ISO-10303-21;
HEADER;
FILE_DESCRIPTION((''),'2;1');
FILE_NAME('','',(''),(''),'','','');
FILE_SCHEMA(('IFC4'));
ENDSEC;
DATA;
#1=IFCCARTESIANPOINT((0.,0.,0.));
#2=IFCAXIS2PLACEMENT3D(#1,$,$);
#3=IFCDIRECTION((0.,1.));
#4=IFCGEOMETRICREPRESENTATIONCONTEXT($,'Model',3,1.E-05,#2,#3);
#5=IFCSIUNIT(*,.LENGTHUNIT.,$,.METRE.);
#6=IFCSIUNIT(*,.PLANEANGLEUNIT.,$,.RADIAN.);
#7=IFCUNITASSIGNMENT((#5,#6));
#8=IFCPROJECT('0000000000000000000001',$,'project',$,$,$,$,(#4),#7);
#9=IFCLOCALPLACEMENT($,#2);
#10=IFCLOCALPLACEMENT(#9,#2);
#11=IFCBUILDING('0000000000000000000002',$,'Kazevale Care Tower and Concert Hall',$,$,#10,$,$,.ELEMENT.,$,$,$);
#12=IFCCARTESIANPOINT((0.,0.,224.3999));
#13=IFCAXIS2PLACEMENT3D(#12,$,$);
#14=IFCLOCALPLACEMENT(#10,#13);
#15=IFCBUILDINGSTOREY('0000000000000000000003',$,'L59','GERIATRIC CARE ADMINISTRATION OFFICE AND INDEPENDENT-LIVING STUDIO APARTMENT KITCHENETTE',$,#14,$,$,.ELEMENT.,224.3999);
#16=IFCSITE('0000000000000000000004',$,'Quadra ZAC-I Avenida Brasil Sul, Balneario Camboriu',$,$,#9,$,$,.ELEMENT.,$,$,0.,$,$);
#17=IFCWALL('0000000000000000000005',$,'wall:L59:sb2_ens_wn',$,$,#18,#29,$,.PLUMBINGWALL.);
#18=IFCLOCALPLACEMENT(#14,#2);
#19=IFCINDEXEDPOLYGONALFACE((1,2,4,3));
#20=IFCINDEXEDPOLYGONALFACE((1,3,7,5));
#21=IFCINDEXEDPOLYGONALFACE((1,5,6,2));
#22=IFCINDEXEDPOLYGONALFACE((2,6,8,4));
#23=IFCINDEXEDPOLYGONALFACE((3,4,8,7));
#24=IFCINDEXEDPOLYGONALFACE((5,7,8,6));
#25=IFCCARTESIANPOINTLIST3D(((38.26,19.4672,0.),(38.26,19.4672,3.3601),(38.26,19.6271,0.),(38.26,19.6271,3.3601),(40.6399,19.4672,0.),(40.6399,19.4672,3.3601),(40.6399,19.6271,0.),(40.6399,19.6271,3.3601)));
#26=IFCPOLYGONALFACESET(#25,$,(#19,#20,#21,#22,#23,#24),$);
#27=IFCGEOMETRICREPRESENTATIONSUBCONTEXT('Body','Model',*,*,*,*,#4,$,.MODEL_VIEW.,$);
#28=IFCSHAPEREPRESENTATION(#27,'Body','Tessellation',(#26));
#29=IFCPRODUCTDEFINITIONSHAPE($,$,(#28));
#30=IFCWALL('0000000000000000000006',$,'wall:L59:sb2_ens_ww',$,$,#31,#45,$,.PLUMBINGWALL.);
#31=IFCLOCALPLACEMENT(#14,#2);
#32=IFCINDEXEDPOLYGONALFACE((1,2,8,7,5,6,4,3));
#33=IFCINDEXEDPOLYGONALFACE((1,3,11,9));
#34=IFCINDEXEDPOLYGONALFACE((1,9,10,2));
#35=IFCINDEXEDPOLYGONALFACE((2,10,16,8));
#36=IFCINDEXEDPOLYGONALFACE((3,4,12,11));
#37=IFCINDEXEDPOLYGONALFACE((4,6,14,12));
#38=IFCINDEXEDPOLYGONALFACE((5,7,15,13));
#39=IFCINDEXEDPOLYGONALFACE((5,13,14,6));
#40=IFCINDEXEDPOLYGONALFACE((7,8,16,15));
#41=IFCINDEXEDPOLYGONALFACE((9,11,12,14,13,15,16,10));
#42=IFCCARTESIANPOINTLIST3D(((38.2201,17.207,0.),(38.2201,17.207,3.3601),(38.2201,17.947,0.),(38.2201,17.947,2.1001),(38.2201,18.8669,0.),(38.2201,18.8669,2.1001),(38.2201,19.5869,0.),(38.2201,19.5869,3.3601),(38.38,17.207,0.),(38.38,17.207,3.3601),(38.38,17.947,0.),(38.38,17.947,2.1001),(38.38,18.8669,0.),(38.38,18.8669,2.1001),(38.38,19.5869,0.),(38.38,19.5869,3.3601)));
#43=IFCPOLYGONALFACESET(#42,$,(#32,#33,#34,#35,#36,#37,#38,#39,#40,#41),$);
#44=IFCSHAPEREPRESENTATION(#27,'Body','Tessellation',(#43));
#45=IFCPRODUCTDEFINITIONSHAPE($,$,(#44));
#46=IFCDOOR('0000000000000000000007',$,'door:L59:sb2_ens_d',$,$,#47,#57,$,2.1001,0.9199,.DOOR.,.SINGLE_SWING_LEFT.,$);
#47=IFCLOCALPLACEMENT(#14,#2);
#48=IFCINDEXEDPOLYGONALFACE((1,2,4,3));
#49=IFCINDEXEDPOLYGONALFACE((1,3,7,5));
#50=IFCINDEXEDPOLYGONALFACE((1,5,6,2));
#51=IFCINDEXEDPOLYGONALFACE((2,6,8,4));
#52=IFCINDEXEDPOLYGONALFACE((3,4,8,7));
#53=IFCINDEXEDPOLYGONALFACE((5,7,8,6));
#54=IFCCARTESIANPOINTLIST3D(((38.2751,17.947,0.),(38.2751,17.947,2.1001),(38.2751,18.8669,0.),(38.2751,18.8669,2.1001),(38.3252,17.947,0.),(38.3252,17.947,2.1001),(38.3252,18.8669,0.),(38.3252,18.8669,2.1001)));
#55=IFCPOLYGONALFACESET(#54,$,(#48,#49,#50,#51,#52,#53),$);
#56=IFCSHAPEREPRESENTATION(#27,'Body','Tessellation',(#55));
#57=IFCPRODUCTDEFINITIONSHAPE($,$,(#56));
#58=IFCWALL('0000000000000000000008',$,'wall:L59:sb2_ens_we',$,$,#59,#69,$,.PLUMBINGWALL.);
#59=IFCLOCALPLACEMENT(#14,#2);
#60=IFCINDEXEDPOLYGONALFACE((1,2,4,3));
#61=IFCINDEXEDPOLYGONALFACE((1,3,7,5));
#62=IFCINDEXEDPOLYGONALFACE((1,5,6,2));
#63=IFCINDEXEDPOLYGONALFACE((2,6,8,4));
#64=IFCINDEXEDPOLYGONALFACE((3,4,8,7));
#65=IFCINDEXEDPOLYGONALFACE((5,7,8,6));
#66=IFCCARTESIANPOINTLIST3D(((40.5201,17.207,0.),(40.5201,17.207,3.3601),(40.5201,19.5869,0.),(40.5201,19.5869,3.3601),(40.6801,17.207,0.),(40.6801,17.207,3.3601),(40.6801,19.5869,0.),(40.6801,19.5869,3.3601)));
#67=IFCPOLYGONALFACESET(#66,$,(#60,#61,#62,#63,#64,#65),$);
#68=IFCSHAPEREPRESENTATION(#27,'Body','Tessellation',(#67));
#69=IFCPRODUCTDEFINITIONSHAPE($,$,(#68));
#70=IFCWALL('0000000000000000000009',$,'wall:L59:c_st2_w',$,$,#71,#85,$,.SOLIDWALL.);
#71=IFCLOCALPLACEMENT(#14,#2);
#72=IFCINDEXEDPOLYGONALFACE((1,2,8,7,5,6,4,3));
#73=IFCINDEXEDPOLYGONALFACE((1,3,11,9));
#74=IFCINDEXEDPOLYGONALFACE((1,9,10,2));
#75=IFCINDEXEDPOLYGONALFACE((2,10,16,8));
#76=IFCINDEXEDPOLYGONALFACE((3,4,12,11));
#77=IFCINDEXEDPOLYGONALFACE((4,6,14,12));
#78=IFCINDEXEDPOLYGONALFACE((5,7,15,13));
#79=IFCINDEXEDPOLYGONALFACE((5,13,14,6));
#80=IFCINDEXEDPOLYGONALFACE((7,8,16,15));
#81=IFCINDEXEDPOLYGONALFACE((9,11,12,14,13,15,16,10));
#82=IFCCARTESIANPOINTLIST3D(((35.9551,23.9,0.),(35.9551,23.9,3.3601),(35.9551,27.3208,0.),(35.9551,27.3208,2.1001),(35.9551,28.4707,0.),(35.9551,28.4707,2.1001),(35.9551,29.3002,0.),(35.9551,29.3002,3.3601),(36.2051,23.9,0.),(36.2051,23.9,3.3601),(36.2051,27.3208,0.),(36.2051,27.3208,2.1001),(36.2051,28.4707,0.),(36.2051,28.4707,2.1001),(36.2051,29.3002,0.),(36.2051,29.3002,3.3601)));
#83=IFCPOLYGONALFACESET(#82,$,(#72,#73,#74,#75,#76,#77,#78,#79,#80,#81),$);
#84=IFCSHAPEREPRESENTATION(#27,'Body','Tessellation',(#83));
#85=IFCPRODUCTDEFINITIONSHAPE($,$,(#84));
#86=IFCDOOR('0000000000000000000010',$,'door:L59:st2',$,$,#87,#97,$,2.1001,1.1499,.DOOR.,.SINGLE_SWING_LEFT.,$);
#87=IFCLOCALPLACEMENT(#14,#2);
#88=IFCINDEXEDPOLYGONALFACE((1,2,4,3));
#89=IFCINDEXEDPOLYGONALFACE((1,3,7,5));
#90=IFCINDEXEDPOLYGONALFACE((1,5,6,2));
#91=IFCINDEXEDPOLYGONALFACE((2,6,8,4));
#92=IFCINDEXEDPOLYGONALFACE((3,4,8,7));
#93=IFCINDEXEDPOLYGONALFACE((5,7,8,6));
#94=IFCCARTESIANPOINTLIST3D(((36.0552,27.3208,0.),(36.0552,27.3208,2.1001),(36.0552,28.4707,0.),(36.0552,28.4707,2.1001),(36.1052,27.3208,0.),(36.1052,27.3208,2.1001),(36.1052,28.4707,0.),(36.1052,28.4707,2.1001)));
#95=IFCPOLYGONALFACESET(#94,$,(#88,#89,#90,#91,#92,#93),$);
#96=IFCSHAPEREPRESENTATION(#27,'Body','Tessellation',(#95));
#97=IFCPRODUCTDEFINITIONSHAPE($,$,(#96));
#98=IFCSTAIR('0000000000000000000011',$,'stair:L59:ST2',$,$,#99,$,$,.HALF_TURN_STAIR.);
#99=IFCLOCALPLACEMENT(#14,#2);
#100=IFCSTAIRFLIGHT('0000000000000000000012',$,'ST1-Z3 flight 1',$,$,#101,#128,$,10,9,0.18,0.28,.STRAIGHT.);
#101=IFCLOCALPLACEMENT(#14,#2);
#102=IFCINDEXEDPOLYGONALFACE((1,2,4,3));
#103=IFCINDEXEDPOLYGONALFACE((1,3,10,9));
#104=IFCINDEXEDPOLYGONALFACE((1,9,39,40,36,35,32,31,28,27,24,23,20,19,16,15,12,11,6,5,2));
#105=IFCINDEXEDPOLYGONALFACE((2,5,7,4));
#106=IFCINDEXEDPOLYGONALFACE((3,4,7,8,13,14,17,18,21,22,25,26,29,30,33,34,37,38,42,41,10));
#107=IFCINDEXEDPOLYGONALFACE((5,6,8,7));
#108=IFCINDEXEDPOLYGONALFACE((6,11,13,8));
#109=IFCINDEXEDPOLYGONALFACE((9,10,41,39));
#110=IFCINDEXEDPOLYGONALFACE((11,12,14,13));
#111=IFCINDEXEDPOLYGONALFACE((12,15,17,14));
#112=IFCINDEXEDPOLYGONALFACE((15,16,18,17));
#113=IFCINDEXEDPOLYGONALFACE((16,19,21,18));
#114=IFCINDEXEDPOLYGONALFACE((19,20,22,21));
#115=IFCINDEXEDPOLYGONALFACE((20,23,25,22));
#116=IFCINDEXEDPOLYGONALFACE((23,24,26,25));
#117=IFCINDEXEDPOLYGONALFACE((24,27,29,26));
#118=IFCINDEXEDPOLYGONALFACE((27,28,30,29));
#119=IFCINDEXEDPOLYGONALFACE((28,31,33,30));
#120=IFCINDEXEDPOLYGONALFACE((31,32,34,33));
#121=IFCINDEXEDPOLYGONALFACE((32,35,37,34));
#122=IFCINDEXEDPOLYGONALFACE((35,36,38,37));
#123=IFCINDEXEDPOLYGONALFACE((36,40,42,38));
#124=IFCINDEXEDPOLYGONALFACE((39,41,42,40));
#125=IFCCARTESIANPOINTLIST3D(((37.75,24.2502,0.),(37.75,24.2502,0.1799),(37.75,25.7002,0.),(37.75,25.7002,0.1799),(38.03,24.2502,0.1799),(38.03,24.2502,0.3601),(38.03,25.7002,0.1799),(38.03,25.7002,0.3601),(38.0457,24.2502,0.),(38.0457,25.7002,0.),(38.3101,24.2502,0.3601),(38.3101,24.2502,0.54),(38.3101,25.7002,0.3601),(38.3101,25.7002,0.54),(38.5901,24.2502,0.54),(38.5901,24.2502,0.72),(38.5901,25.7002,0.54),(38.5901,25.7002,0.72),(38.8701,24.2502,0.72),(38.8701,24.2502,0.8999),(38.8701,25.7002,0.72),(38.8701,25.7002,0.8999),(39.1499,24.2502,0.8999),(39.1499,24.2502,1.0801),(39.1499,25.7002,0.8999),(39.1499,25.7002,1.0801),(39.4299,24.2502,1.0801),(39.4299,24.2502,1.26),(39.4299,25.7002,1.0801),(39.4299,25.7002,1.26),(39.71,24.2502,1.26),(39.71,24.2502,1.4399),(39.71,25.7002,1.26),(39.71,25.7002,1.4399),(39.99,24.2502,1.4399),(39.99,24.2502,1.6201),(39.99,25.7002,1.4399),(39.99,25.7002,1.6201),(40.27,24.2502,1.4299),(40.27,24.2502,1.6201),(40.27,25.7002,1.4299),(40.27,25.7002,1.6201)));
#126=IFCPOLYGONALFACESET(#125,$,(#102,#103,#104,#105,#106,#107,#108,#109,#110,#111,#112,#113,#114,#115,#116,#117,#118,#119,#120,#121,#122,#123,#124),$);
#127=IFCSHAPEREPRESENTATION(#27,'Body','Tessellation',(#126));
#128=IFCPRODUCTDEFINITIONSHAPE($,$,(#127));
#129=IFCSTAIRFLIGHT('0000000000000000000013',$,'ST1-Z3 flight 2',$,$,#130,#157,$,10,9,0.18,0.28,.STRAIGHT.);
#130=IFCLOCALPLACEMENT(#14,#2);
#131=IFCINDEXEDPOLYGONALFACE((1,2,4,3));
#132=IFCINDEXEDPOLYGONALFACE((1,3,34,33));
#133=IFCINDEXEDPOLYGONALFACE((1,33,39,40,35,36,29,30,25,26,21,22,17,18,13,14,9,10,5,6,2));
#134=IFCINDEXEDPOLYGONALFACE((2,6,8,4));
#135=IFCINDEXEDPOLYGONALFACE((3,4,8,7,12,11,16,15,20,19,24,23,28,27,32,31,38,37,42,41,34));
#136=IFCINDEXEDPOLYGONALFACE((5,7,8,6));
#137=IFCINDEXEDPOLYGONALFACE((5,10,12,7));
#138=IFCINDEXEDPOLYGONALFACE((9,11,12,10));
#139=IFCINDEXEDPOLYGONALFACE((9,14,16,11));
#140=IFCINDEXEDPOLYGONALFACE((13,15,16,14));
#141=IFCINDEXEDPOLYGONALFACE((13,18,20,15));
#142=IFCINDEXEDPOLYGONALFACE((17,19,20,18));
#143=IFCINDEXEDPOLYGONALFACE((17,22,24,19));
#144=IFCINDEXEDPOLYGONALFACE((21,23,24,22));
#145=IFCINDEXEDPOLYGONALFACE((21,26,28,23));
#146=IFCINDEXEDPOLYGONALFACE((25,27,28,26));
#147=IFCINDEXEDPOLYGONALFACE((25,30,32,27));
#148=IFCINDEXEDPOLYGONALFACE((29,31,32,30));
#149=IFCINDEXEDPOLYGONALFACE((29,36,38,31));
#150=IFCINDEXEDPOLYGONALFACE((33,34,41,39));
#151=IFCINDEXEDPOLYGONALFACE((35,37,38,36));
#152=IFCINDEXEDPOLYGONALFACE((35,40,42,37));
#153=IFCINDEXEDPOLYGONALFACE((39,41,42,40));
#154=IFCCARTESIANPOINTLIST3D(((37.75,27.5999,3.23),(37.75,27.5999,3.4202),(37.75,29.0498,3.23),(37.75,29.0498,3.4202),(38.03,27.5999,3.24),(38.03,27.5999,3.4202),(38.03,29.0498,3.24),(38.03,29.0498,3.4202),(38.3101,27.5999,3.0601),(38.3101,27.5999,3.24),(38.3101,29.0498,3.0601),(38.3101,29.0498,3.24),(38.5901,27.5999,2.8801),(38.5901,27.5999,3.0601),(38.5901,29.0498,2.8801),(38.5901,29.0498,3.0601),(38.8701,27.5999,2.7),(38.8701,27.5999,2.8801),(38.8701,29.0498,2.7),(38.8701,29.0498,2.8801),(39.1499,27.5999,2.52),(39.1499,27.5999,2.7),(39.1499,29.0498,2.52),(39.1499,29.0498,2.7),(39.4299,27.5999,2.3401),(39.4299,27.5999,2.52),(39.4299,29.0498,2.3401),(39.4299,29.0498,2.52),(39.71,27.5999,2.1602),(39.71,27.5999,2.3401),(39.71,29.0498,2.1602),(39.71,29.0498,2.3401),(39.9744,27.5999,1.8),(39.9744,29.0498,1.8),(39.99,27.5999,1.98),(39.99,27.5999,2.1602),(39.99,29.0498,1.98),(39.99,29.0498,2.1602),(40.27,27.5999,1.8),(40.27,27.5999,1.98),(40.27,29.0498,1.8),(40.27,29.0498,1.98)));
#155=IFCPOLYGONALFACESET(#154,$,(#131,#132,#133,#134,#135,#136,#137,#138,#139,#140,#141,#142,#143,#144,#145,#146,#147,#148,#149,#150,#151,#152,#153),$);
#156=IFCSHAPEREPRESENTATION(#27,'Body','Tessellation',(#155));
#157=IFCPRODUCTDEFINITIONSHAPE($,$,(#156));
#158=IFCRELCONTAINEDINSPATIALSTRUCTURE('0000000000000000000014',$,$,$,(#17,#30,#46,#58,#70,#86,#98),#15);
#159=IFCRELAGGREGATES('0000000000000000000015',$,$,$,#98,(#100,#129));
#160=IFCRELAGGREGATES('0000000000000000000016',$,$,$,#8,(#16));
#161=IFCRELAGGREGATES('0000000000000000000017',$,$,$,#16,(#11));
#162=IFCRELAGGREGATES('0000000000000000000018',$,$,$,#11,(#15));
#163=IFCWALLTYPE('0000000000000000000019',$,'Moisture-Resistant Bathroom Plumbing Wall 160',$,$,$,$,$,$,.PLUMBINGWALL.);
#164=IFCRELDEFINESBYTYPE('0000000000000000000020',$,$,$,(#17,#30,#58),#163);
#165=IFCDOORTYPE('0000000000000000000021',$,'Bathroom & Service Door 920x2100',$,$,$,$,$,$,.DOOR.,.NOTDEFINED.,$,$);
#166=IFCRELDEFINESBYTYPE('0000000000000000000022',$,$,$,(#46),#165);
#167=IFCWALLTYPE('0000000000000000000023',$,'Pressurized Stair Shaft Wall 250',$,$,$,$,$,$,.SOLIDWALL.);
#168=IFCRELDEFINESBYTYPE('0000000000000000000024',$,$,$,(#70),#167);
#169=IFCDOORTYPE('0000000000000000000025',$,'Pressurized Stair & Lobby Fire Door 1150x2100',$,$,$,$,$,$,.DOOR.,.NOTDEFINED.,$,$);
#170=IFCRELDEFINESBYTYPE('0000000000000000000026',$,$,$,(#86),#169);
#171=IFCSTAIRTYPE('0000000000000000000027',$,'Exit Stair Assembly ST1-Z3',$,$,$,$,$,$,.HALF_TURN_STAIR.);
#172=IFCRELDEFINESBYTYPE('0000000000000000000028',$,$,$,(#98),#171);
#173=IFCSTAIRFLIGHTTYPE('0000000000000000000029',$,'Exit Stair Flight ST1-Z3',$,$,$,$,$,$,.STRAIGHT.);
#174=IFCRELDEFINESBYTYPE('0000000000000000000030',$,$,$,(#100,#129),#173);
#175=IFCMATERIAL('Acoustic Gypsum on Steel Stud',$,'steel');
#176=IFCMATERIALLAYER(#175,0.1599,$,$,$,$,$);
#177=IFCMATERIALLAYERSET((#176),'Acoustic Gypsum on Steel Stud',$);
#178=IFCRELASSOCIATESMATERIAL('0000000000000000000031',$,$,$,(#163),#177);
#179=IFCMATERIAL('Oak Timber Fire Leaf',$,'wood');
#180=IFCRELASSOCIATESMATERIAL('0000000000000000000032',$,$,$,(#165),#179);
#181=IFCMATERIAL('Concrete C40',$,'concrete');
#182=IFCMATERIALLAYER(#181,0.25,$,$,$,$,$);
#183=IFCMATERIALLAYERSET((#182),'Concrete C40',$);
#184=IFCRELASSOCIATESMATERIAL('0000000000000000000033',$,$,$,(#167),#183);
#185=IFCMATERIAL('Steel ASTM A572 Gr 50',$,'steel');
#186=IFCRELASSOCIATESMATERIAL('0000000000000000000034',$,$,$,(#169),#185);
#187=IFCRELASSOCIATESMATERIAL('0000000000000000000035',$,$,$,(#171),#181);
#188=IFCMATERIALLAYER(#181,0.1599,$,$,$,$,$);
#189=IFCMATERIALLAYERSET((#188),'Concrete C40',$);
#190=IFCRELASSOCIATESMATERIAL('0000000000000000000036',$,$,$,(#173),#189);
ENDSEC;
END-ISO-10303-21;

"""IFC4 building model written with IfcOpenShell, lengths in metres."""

from ifc_helpers import new_model, si_unit, direction, frame, frame_2d, origin, place, context, subcontext, project, spatial, polyline, rectangle, outline, extrude, material, layer, layer_set, type_object, element, fill, aggregate, save


model = new_model("IFC4")

# Units and contexts
model_context = context("Model", 3, precision=1e-05, world=origin(), true_north=direction((0.0, 1.0)))
body_context = subcontext(model_context, "Body", "Model", "MODEL_VIEW")
ifc_project = project(units=[si_unit("LENGTHUNIT", "METRE"), si_unit("PLANEANGLEUNIT", "RADIAN")], contexts=[model_context])

# Site, building, storey
site_placement = place(None, origin())
site = spatial("IfcSite", under=ifc_project, at=site_placement, Name="Quadra ZAC-I Avenida Brasil Sul, Balneario Camboriu", CompositionType="ELEMENT", RefElevation=0.0)
building_placement = place(site_placement, origin())
building = spatial("IfcBuilding", under=site, at=building_placement, Name="Kazevale Care Tower and Concert Hall", CompositionType="ELEMENT")
storey_placement = place(building_placement, frame((0.0, 0.0, 224.3999)))
storey = spatial("IfcBuildingStorey", under=building, at=storey_placement, Name="L59", Description="GERIATRIC CARE ADMINISTRATION OFFICE AND INDEPENDENT-LIVING STUDIO APARTMENT KITCHENETTE", CompositionType="ELEMENT", Elevation=224.3999)

# Shared definitions
ifc_material_1 = material(Name="Steel ASTM A572 Gr 50", Category="steel")

# Shared definitions
ifc_material_2 = material(Name="Oak Timber Fire Leaf", Category="wood")

# Wall
ifc_material_3 = material(Name="Acoustic Gypsum on Steel Stud", Category="steel")
ifc_layer_1 = layer(ifc_material_3, 0.1599)
ifc_layer_set_1 = layer_set([ifc_layer_1], Name="Acoustic Gypsum on Steel Stud")
wall_type_1 = type_object("IfcWallType", Name="Moisture-Resistant Bathroom Plumbing Wall 160", PredefinedType="PLUMBINGWALL", material=ifc_layer_set_1)
for number, where, z_axis, x_axis, name in (
    (1, (38.26, 19.5471, 0.0), (0.0, 0.0, 1.0), (1.0, 0.0, 0.0), "wall:L59:sb2_ens_wn"),
):
    element("IfcWall", number, at=place(storey_placement, frame(where, z_axis=z_axis, x_axis=x_axis)), inside=storey, type_object=wall_type_1, Name=name, PredefinedType="PLUMBINGWALL", context=body_context, shape_type="SweptSolid", body=[
        extrude(rectangle(XDim=2.3799, YDim=0.1599, at=frame_2d((1.1899, 0.0))), origin(), (0.0, 0.0, 1.0), 3.3601),
    ])

# Wall, opening, door
wall_1_placement = place(storey_placement, frame((38.3, 17.207, 0.0), z_axis=(0.0, 0.0, 1.0), x_axis=(0.0, 1.0, 0.0)))
wall_1 = element("IfcWall", 2, at=wall_1_placement, inside=storey, type_object=wall_type_1, Name="wall:L59:sb2_ens_ww", PredefinedType="PLUMBINGWALL", context=body_context, shape_type="SweptSolid", body=[
    extrude(rectangle(XDim=2.3799, YDim=0.1599, at=frame_2d((1.1899, 0.0))), origin(), (0.0, 0.0, 1.0), 3.3601),
])
opening_1_placement = place(wall_1_placement, frame((0.74, 0.0, 0.0)))
opening_1 = element("IfcOpeningElement", 3, at=opening_1_placement, cuts=wall_1, PredefinedType="OPENING", context=body_context, shape_type="SweptSolid", body=[
    extrude(rectangle(XDim=0.9199, YDim=2.1001, at=frame_2d((0.46, 1.05))), frame((0.0, 0.0898, 0.0), z_axis=(0.0, -1.0, 0.0), x_axis=(1.0, 0.0, 0.0)), (0.0, 0.0, 1.0), 0.1799),
])
door_type_1 = type_object("IfcDoorType", Name="Bathroom & Service Door 920x2100", OperationType="NOTDEFINED", PredefinedType="DOOR", material=ifc_material_2)
door_1_placement = place(opening_1_placement, origin())
door_1 = element("IfcDoor", 4, at=door_1_placement, inside=storey, type_object=door_type_1, Name="door:L59:sb2_ens_d", OperationType="SINGLE_SWING_LEFT", OverallHeight=2.1001, OverallWidth=0.9199, PredefinedType="DOOR", context=body_context, shape_type="SweptSolid", body=[
    extrude(rectangle(XDim=0.9199, YDim=2.1001, at=frame_2d((0.46, 1.05))), frame((0.0, 0.0249, 0.0), z_axis=(0.0, -1.0, 0.0), x_axis=(1.0, 0.0, 0.0)), (0.0, 0.0, 1.0), 0.05),
])
fill(opening_1, door_1)

# Wall
wall_2_placement = place(storey_placement, frame((40.6001, 17.207, 0.0), z_axis=(0.0, 0.0, 1.0), x_axis=(0.0, 1.0, 0.0)))
element("IfcWall", 5, at=wall_2_placement, inside=storey, type_object=wall_type_1, Name="wall:L59:sb2_ens_we", PredefinedType="PLUMBINGWALL", context=body_context, shape_type="SweptSolid", body=[
    extrude(rectangle(XDim=2.3799, YDim=0.1599, at=frame_2d((1.1899, 0.0))), origin(), (0.0, 0.0, 1.0), 3.3601),
])

# Wall, opening, door
ifc_material_4 = material(Name="Concrete C40", Category="concrete")
ifc_layer_2 = layer(ifc_material_4, 0.25)
ifc_layer_set_2 = layer_set([ifc_layer_2], Name="Concrete C40")
wall_type_2 = type_object("IfcWallType", Name="Pressurized Stair Shaft Wall 250", PredefinedType="SOLIDWALL", material=ifc_layer_set_2)
wall_3_placement = place(storey_placement, frame((36.0801, 23.8999, 0.0), z_axis=(0.0, 0.0, 1.0), x_axis=(0.0, 1.0, 0.0)))
wall_3 = element("IfcWall", 6, at=wall_3_placement, inside=storey, type_object=wall_type_2, Name="wall:L59:c_st2_w", PredefinedType="SOLIDWALL", context=body_context, shape_type="SweptSolid", body=[
    extrude(rectangle(XDim=5.4001, YDim=0.25, at=frame_2d((2.7002, 0.0))), origin(), (0.0, 0.0, 1.0), 3.3601),
])
opening_2_placement = place(wall_3_placement, frame((3.4209, 0.0, 0.0)))
opening_2 = element("IfcOpeningElement", 7, at=opening_2_placement, cuts=wall_3, PredefinedType="OPENING", context=body_context, shape_type="SweptSolid", body=[
    extrude(rectangle(XDim=1.1499, YDim=2.1001, at=frame_2d((0.575, 1.05))), frame((0.0, 0.135, 0.0), z_axis=(0.0, -1.0, 0.0), x_axis=(1.0, 0.0, 0.0)), (0.0, 0.0, 1.0), 0.27),
])
door_type_2 = type_object("IfcDoorType", Name="Pressurized Stair & Lobby Fire Door 1150x2100", OperationType="NOTDEFINED", PredefinedType="DOOR", material=ifc_material_1)
door_2_placement = place(opening_2_placement, origin())
door_2 = element("IfcDoor", 8, at=door_2_placement, inside=storey, type_object=door_type_2, Name="door:L59:st2", OperationType="SINGLE_SWING_LEFT", OverallHeight=2.1001, OverallWidth=1.1499, PredefinedType="DOOR", context=body_context, shape_type="SweptSolid", body=[
    extrude(rectangle(XDim=1.1499, YDim=2.1001, at=frame_2d((0.575, 1.05))), frame((0.0, 0.0249, 0.0), z_axis=(0.0, -1.0, 0.0), x_axis=(1.0, 0.0, 0.0)), (0.0, 0.0, 1.0), 0.05),
])
fill(opening_2, door_2)

# Stair, stair flights
stair_type = type_object("IfcStairType", Name="Exit Stair Assembly ST1-Z3", PredefinedType="HALF_TURN_STAIR", material=ifc_material_4)
stair_placement = place(storey_placement, origin())
stair = element("IfcStair", 9, at=stair_placement, inside=storey, type_object=stair_type, Name="stair:L59:ST2", PredefinedType="HALF_TURN_STAIR")
ifc_layer_3 = layer(ifc_material_4, 0.1599)
ifc_layer_set_3 = layer_set([ifc_layer_3], Name="Concrete C40")
stair_flight_type = type_object("IfcStairFlightType", Name="Exit Stair Flight ST1-Z3", PredefinedType="STRAIGHT", material=ifc_layer_set_3)
stair_flight_1_placement = place(storey_placement, frame((37.75, 24.9751, 0.0), z_axis=(0.0, 0.0, 1.0), x_axis=(1.0, 0.0, 0.0)))
stair_flight_1 = element("IfcStairFlight", 10, at=stair_flight_1_placement, type_object=stair_flight_type, Name="ST1-Z3 flight 1", NumberOfRisers=10, NumberOfTreads=9, PredefinedType="STRAIGHT", RiserHeight=0.18, TreadLength=0.28, context=body_context, shape_type="SweptSolid", body=[
    extrude(outline(polyline([(0.0, 0.0), (0.0, 0.1799), (0.28, 0.1799), (0.28, 0.3601), (0.5601, 0.3601), (0.5601, 0.54), (0.8401, 0.54), (0.8401, 0.72), (1.1201, 0.72), (1.1201, 0.8999), (1.3999, 0.8999), (1.3999, 1.0801), (1.6799, 1.0801), (1.6799, 1.26), (1.96, 1.26), (1.96, 1.4399), (2.24, 1.4399), (2.24, 1.6201), (2.52, 1.6201), (2.52, 1.8), (2.52, 1.4299), (0.2957, 0.0), (0.0, 0.0)])), frame((0.0, 0.7251, 0.0), z_axis=(0.0, -1.0, 0.0), x_axis=(1.0, 0.0, 0.0)), (0.0, 0.0, 1.0), 1.45),
])
stair_flight_2_placement = place(storey_placement, frame((40.27, 28.325, 1.8), z_axis=(0.0, 0.0, 1.0), x_axis=(-1.0, 0.0, 0.0)))
stair_flight_2 = element("IfcStairFlight", 11, at=stair_flight_2_placement, type_object=stair_flight_type, Name="ST1-Z3 flight 2", NumberOfRisers=10, NumberOfTreads=9, PredefinedType="STRAIGHT", RiserHeight=0.18, TreadLength=0.28, context=body_context, shape_type="SweptSolid", body=[
    extrude(outline(polyline([(0.0, 0.0), (0.0, 0.1799), (0.28, 0.1799), (0.28, 0.3601), (0.5601, 0.3601), (0.5601, 0.54), (0.8401, 0.54), (0.8401, 0.72), (1.1201, 0.72), (1.1201, 0.8999), (1.3999, 0.8999), (1.3999, 1.0801), (1.6799, 1.0801), (1.6799, 1.26), (1.96, 1.26), (1.96, 1.4399), (2.24, 1.4399), (2.24, 1.6201), (2.52, 1.6201), (2.52, 1.8), (2.52, 1.4299), (0.2957, 0.0), (0.0, 0.0)])), frame((0.0, 0.7251, 0.0), z_axis=(0.0, -1.0, 0.0), x_axis=(1.0, 0.0, 0.0)), (0.0, 0.0, 1.0), 1.45),
])
aggregate(stair, [stair_flight_1, stair_flight_2])

save(model, "model.ifc")
